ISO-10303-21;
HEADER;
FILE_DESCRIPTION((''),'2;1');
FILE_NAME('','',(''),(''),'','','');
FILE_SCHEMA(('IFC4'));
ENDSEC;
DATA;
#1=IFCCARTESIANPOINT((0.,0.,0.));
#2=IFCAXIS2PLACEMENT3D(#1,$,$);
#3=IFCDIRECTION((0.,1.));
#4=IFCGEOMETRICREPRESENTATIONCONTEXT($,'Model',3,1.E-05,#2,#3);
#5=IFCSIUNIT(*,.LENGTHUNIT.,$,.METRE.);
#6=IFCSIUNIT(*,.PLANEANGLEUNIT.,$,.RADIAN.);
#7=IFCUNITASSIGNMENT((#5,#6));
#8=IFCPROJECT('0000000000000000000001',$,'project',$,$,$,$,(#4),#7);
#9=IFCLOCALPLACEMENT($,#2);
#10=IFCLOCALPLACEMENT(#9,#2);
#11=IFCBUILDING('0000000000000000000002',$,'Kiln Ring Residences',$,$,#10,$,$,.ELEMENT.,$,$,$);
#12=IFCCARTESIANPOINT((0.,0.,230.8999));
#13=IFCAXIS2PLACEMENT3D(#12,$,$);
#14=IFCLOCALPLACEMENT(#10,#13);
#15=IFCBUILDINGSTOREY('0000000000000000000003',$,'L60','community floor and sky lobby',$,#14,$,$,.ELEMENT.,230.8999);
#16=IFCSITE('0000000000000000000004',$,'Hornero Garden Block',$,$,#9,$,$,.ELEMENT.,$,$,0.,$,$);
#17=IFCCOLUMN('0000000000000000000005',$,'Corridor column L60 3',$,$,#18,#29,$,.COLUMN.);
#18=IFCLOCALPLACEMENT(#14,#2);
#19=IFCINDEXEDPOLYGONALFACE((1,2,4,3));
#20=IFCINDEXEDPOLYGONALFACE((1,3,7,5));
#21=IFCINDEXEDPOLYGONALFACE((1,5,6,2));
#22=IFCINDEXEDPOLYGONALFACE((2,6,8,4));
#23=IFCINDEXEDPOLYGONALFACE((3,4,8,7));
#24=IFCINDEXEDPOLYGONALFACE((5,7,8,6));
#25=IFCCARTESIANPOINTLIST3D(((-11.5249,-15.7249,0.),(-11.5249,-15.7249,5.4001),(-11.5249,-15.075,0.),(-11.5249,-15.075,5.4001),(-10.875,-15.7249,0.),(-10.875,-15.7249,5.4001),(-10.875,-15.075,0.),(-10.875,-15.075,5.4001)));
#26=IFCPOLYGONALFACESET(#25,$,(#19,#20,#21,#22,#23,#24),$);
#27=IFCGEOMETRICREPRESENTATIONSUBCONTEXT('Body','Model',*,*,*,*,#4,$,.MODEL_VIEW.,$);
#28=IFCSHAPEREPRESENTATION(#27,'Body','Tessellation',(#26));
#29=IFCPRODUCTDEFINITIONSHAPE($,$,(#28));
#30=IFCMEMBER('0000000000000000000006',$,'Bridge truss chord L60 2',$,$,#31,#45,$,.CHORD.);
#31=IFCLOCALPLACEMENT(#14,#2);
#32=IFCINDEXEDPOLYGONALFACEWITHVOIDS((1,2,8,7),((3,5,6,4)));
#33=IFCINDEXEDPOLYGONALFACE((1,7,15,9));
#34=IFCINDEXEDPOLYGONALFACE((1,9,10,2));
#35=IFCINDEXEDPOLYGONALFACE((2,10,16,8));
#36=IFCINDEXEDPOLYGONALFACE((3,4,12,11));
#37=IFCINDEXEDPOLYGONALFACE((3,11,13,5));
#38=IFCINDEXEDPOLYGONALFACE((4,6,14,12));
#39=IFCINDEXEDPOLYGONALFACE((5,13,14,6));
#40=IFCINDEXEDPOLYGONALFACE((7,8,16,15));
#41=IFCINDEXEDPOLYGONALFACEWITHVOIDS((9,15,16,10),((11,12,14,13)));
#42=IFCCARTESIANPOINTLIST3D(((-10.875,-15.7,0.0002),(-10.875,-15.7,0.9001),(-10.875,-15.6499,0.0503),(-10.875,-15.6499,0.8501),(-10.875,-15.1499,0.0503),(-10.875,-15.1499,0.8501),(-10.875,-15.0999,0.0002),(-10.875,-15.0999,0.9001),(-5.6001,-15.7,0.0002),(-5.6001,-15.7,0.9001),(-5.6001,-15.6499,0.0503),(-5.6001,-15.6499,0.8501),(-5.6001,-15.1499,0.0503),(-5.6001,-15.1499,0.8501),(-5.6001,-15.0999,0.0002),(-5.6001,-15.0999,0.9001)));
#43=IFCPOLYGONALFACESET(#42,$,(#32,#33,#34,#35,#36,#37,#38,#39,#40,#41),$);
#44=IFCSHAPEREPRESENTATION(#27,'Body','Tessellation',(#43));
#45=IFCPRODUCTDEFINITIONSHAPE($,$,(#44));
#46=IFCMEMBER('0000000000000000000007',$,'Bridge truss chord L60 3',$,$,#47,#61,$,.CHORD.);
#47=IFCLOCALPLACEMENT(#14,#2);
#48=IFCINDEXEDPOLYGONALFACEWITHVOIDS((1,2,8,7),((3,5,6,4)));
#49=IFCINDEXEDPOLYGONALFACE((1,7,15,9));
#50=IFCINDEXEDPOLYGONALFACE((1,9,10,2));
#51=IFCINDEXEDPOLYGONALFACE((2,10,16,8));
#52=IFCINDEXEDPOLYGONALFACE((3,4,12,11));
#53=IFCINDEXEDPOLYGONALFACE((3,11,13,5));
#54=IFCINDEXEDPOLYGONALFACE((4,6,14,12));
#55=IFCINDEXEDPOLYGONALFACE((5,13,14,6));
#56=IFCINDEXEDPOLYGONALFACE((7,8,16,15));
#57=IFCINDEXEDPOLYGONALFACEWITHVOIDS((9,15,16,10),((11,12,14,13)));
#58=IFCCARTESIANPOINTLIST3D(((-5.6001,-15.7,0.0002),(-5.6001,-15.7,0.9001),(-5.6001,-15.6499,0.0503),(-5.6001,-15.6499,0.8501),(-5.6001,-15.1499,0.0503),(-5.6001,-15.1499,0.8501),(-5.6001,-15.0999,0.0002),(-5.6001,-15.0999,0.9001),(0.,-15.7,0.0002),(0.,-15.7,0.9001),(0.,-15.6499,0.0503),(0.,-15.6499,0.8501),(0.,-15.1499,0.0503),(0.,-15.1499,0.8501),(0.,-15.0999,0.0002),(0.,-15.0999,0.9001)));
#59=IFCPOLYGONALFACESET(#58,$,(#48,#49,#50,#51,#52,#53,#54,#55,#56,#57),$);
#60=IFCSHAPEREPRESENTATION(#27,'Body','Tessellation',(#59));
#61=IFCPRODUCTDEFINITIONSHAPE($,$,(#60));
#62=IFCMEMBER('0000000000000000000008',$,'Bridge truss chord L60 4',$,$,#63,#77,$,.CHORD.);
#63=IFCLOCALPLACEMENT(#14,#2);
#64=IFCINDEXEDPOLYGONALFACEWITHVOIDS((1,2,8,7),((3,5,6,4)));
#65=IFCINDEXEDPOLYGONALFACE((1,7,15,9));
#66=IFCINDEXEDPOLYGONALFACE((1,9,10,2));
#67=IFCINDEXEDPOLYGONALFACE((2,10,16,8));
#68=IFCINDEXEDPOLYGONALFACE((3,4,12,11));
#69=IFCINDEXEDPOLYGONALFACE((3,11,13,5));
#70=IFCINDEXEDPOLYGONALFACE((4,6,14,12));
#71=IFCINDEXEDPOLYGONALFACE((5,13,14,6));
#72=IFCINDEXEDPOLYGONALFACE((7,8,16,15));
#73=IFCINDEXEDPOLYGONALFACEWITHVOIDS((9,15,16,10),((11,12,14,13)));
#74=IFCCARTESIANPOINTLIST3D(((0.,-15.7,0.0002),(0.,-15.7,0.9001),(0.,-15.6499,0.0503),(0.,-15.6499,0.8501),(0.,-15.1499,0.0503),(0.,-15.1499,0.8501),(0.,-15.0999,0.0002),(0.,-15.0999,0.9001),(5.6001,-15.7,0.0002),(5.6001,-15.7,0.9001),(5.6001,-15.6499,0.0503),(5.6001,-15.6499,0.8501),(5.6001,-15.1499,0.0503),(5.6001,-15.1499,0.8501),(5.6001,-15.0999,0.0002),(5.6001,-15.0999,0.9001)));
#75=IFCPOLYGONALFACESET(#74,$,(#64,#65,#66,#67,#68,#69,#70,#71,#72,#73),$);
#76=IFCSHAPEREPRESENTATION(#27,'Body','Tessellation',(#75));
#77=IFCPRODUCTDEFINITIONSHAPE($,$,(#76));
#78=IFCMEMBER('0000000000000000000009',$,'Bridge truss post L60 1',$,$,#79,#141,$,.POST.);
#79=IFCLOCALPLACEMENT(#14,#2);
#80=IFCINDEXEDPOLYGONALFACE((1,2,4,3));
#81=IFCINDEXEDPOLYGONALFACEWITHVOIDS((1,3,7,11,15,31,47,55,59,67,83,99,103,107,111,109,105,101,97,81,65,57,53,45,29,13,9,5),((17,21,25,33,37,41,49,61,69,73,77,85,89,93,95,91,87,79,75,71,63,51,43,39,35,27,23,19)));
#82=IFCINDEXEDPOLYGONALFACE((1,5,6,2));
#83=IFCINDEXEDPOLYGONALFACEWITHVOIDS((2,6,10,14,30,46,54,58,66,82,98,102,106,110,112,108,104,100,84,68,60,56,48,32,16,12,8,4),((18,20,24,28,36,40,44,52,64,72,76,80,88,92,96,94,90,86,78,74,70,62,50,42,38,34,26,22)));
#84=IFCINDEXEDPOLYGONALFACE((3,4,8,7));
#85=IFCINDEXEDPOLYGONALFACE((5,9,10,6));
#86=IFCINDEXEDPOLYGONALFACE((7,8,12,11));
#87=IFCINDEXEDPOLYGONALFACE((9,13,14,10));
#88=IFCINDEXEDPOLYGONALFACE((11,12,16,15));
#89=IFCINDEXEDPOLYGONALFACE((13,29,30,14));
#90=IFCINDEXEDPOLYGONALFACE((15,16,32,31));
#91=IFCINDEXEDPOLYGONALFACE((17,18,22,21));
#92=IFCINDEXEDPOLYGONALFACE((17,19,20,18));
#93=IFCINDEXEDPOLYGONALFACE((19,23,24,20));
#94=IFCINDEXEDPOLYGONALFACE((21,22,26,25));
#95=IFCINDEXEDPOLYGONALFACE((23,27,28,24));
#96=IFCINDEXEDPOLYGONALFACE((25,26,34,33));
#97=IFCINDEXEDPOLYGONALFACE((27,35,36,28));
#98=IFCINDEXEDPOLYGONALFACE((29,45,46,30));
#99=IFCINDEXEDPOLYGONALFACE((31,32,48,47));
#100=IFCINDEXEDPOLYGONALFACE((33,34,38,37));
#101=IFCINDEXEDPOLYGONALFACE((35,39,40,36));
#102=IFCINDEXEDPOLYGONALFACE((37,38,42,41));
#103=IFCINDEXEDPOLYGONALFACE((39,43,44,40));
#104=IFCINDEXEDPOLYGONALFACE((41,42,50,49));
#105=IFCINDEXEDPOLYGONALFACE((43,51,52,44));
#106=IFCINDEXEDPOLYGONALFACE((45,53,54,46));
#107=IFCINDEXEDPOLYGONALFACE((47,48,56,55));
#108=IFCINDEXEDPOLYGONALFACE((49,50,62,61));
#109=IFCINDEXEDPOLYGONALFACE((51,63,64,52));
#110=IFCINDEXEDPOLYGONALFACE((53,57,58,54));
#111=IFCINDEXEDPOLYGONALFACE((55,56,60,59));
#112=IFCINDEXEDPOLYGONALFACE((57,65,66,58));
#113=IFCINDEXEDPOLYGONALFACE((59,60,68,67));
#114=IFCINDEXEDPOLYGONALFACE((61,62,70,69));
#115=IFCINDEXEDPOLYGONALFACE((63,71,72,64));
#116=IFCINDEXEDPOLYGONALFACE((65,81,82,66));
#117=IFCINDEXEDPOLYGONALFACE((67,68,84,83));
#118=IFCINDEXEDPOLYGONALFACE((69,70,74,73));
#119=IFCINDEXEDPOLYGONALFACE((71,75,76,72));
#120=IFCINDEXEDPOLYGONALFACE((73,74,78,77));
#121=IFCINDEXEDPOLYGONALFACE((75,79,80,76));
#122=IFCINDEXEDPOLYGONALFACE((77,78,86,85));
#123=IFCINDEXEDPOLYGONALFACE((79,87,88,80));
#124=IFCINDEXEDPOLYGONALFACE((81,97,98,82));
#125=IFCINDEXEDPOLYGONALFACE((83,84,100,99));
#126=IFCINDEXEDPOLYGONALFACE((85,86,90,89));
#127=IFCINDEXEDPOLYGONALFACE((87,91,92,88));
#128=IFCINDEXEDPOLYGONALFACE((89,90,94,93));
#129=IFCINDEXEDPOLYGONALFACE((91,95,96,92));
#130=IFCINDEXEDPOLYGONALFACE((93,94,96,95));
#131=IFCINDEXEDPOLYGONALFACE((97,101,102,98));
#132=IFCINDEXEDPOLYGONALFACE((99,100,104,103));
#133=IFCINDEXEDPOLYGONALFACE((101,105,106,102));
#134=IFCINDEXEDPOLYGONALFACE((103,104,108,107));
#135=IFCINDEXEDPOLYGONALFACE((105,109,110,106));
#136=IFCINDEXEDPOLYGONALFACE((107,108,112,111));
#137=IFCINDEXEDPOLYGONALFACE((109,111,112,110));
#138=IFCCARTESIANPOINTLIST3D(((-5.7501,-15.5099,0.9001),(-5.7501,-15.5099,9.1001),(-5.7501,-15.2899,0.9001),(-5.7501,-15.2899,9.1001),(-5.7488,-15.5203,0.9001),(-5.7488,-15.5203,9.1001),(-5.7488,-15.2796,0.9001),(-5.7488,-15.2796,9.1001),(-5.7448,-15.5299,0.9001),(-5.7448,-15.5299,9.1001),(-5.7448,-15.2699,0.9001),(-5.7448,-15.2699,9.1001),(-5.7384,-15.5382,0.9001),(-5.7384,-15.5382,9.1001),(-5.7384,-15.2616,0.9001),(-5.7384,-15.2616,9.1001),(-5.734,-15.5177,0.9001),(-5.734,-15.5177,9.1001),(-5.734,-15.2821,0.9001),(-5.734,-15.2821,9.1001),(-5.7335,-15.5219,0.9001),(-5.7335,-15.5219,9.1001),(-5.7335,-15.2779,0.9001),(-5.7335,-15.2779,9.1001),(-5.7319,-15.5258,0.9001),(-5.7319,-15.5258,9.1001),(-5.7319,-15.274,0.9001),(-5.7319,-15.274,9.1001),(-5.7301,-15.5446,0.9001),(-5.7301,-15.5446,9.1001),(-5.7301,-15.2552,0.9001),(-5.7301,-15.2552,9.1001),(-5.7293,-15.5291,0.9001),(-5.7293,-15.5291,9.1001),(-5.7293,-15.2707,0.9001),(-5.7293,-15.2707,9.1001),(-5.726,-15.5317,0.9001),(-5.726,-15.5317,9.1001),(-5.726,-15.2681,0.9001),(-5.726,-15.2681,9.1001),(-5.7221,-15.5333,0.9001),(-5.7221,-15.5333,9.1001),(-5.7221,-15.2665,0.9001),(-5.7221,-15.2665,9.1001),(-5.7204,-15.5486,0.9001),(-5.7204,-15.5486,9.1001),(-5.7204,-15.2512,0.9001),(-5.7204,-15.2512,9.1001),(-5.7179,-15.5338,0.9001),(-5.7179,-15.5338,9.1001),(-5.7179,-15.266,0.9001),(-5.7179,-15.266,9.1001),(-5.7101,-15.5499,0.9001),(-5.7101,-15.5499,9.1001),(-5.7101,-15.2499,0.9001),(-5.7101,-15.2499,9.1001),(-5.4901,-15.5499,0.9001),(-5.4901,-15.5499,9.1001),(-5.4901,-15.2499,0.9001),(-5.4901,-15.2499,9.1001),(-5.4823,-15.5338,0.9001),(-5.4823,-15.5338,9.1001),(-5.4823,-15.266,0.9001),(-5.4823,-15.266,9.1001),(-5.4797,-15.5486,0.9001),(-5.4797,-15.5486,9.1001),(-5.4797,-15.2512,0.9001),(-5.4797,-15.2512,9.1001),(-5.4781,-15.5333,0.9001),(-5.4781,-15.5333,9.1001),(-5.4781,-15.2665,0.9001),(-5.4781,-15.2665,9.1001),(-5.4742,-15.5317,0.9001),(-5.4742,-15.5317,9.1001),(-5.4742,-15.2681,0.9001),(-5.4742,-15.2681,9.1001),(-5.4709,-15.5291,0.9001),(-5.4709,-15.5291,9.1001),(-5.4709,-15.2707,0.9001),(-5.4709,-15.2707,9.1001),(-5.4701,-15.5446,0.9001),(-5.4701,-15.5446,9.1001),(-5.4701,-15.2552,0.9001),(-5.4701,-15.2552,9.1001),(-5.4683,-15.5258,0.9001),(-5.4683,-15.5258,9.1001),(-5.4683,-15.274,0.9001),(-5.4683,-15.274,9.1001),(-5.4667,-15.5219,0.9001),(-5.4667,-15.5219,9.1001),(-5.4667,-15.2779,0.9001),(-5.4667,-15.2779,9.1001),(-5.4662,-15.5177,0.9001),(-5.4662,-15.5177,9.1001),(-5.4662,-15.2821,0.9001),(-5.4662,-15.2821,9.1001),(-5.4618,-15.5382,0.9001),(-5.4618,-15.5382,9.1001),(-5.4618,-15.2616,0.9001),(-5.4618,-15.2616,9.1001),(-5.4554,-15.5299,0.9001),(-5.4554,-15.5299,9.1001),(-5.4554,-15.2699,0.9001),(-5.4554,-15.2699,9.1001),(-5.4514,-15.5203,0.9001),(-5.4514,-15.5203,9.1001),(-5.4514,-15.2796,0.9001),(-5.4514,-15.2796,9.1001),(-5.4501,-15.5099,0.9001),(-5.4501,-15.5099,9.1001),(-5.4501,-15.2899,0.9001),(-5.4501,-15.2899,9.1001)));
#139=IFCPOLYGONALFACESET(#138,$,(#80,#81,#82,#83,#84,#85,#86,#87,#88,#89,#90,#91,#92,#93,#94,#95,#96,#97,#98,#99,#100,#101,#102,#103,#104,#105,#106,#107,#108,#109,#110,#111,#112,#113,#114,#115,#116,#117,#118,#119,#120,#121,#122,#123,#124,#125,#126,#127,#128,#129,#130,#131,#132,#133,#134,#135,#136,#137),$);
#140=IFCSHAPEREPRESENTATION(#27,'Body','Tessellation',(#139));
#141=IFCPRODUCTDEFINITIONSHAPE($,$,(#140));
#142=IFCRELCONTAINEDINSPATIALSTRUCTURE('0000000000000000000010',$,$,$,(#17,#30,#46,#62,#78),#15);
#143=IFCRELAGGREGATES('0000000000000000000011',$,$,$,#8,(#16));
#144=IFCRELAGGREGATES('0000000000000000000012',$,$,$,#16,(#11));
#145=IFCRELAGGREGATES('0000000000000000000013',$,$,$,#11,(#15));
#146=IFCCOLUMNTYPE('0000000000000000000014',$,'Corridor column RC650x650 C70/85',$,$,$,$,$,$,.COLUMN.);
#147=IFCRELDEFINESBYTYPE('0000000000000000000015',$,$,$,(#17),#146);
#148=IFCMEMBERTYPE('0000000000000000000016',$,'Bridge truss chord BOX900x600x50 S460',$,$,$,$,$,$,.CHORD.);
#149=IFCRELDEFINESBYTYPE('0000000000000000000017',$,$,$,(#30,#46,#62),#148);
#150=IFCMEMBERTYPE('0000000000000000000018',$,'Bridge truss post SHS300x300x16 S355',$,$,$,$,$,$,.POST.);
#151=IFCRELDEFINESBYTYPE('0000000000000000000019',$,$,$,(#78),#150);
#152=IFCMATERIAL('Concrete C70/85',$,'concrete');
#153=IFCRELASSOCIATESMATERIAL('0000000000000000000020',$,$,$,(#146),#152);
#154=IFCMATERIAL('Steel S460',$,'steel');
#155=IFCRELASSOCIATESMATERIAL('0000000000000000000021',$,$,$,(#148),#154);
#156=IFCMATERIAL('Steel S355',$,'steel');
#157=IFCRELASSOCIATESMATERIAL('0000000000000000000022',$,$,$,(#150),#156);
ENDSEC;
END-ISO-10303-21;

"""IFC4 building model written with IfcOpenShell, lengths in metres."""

from ifc_helpers import new_model, si_unit, direction, frame, origin, origin_2d, place, context, subcontext, project, spatial, rectangle, hollow_rectangle, extrude, material, material_profile, profile_set, type_object, element, save


model = new_model("IFC4")

# Units and contexts
model_context = context("Model", 3, precision=1e-05, world=origin(), true_north=direction((0.0, 1.0)))
body_context = subcontext(model_context, "Body", "Model", "MODEL_VIEW")
ifc_project = project(units=[si_unit("LENGTHUNIT", "METRE"), si_unit("PLANEANGLEUNIT", "RADIAN")], contexts=[model_context])

# Site, building, storey
site_placement = place(None, origin())
site = spatial("IfcSite", under=ifc_project, at=site_placement, Name="Hornero Garden Block", CompositionType="ELEMENT", RefElevation=0.0)
building_placement = place(site_placement, origin())
building = spatial("IfcBuilding", under=site, at=building_placement, Name="Kiln Ring Residences", CompositionType="ELEMENT")
storey_placement = place(building_placement, frame((0.0, 0.0, 230.8999)))
storey = spatial("IfcBuildingStorey", under=building, at=storey_placement, Name="L60", Description="community floor and sky lobby", CompositionType="ELEMENT", Elevation=230.8999)

# Column
ifc_material_1 = material(Name="Concrete C70/85", Category="concrete")
ifc_material_profile_1 = material_profile(ifc_material_1, rectangle(XDim=0.6499, YDim=0.6499, at=origin_2d()), Name="RC650x650")
ifc_profile_set_1 = profile_set([ifc_material_profile_1], Name="Concrete C70/85")
column_type = type_object("IfcColumnType", Name="Corridor column RC650x650 C70/85", PredefinedType="COLUMN", material=ifc_profile_set_1)
column_placement = place(storey_placement, frame((-11.2, -15.3999, 0.0), z_axis=(0.0, 0.0, 1.0), x_axis=(1.0, 0.0, 0.0)))
element("IfcColumn", 1, at=column_placement, inside=storey, type_object=column_type, Name="Corridor column L60 3", PredefinedType="COLUMN", context=body_context, shape_type="SweptSolid", body=[
    extrude(rectangle(XDim=0.6499, YDim=0.6499, at=origin_2d()), origin(), (0.0, 0.0, 1.0), 5.4001),
])

# Members
ifc_material_2 = material(Name="Steel S460", Category="steel")
ifc_material_profile_2 = material_profile(ifc_material_2, hollow_rectangle(XDim=0.6001, YDim=0.8999, WallThickness=0.05, at=origin_2d()), Name="BOX900x600x50")
ifc_profile_set_2 = profile_set([ifc_material_profile_2], Name="Steel S460")
member_type_1 = type_object("IfcMemberType", Name="Bridge truss chord BOX900x600x50 S460", PredefinedType="CHORD", material=ifc_profile_set_2)
member_1_placement = place(storey_placement, frame((-10.875, -15.3999, 0.4502), z_axis=(1.0, 0.0, 0.0), x_axis=(0.0, 1.0, 0.0)))
element("IfcMember", 2, at=member_1_placement, inside=storey, type_object=member_type_1, Name="Bridge truss chord L60 2", PredefinedType="CHORD", context=body_context, shape_type="SweptSolid", body=[
    extrude(hollow_rectangle(XDim=0.6001, YDim=0.8999, WallThickness=0.05, at=origin_2d()), origin(), (0.0, 0.0, 1.0), 5.2749),
])
for number, where, z_axis, x_axis, name in (
    (3, (-5.6001, -15.3999, 0.4502), (1.0, 0.0, 0.0), (0.0, 1.0, 0.0), "Bridge truss chord L60 3"),
    (4, (0.0, -15.3999, 0.4502), (1.0, 0.0, 0.0), (0.0, 1.0, 0.0), "Bridge truss chord L60 4"),
):
    element("IfcMember", number, at=place(storey_placement, frame(where, z_axis=z_axis, x_axis=x_axis)), inside=storey, type_object=member_type_1, Name=name, PredefinedType="CHORD", context=body_context, shape_type="SweptSolid", body=[
        extrude(hollow_rectangle(XDim=0.6001, YDim=0.8999, WallThickness=0.05, at=origin_2d()), origin(), (0.0, 0.0, 1.0), 5.6001),
    ])
ifc_material_3 = material(Name="Steel S355", Category="steel")
ifc_material_profile_3 = material_profile(ifc_material_3, hollow_rectangle(XDim=0.3, YDim=0.3, WallThickness=0.0161, InnerFilletRadius=0.0161, OuterFilletRadius=0.04, at=origin_2d()), Name="SHS300x300x16")
ifc_profile_set_3 = profile_set([ifc_material_profile_3], Name="Steel S355")
member_type_2 = type_object("IfcMemberType", Name="Bridge truss post SHS300x300x16 S355", PredefinedType="POST", material=ifc_profile_set_3)
for number, where, z_axis, x_axis, name in (
    (5, (-5.6001, -15.3999, 0.9001), (0.0, 0.0, 1.0), (1.0, 0.0, 0.0), "Bridge truss post L60 1"),
):
    element("IfcMember", number, at=place(storey_placement, frame(where, z_axis=z_axis, x_axis=x_axis)), inside=storey, type_object=member_type_2, Name=name, PredefinedType="POST", context=body_context, shape_type="SweptSolid", body=[
        extrude(hollow_rectangle(XDim=0.3, YDim=0.3, WallThickness=0.0161, InnerFilletRadius=0.0161, OuterFilletRadius=0.04, at=origin_2d()), origin(), (0.0, 0.0, 1.0), 8.2),
    ])

save(model, "model.ifc")
